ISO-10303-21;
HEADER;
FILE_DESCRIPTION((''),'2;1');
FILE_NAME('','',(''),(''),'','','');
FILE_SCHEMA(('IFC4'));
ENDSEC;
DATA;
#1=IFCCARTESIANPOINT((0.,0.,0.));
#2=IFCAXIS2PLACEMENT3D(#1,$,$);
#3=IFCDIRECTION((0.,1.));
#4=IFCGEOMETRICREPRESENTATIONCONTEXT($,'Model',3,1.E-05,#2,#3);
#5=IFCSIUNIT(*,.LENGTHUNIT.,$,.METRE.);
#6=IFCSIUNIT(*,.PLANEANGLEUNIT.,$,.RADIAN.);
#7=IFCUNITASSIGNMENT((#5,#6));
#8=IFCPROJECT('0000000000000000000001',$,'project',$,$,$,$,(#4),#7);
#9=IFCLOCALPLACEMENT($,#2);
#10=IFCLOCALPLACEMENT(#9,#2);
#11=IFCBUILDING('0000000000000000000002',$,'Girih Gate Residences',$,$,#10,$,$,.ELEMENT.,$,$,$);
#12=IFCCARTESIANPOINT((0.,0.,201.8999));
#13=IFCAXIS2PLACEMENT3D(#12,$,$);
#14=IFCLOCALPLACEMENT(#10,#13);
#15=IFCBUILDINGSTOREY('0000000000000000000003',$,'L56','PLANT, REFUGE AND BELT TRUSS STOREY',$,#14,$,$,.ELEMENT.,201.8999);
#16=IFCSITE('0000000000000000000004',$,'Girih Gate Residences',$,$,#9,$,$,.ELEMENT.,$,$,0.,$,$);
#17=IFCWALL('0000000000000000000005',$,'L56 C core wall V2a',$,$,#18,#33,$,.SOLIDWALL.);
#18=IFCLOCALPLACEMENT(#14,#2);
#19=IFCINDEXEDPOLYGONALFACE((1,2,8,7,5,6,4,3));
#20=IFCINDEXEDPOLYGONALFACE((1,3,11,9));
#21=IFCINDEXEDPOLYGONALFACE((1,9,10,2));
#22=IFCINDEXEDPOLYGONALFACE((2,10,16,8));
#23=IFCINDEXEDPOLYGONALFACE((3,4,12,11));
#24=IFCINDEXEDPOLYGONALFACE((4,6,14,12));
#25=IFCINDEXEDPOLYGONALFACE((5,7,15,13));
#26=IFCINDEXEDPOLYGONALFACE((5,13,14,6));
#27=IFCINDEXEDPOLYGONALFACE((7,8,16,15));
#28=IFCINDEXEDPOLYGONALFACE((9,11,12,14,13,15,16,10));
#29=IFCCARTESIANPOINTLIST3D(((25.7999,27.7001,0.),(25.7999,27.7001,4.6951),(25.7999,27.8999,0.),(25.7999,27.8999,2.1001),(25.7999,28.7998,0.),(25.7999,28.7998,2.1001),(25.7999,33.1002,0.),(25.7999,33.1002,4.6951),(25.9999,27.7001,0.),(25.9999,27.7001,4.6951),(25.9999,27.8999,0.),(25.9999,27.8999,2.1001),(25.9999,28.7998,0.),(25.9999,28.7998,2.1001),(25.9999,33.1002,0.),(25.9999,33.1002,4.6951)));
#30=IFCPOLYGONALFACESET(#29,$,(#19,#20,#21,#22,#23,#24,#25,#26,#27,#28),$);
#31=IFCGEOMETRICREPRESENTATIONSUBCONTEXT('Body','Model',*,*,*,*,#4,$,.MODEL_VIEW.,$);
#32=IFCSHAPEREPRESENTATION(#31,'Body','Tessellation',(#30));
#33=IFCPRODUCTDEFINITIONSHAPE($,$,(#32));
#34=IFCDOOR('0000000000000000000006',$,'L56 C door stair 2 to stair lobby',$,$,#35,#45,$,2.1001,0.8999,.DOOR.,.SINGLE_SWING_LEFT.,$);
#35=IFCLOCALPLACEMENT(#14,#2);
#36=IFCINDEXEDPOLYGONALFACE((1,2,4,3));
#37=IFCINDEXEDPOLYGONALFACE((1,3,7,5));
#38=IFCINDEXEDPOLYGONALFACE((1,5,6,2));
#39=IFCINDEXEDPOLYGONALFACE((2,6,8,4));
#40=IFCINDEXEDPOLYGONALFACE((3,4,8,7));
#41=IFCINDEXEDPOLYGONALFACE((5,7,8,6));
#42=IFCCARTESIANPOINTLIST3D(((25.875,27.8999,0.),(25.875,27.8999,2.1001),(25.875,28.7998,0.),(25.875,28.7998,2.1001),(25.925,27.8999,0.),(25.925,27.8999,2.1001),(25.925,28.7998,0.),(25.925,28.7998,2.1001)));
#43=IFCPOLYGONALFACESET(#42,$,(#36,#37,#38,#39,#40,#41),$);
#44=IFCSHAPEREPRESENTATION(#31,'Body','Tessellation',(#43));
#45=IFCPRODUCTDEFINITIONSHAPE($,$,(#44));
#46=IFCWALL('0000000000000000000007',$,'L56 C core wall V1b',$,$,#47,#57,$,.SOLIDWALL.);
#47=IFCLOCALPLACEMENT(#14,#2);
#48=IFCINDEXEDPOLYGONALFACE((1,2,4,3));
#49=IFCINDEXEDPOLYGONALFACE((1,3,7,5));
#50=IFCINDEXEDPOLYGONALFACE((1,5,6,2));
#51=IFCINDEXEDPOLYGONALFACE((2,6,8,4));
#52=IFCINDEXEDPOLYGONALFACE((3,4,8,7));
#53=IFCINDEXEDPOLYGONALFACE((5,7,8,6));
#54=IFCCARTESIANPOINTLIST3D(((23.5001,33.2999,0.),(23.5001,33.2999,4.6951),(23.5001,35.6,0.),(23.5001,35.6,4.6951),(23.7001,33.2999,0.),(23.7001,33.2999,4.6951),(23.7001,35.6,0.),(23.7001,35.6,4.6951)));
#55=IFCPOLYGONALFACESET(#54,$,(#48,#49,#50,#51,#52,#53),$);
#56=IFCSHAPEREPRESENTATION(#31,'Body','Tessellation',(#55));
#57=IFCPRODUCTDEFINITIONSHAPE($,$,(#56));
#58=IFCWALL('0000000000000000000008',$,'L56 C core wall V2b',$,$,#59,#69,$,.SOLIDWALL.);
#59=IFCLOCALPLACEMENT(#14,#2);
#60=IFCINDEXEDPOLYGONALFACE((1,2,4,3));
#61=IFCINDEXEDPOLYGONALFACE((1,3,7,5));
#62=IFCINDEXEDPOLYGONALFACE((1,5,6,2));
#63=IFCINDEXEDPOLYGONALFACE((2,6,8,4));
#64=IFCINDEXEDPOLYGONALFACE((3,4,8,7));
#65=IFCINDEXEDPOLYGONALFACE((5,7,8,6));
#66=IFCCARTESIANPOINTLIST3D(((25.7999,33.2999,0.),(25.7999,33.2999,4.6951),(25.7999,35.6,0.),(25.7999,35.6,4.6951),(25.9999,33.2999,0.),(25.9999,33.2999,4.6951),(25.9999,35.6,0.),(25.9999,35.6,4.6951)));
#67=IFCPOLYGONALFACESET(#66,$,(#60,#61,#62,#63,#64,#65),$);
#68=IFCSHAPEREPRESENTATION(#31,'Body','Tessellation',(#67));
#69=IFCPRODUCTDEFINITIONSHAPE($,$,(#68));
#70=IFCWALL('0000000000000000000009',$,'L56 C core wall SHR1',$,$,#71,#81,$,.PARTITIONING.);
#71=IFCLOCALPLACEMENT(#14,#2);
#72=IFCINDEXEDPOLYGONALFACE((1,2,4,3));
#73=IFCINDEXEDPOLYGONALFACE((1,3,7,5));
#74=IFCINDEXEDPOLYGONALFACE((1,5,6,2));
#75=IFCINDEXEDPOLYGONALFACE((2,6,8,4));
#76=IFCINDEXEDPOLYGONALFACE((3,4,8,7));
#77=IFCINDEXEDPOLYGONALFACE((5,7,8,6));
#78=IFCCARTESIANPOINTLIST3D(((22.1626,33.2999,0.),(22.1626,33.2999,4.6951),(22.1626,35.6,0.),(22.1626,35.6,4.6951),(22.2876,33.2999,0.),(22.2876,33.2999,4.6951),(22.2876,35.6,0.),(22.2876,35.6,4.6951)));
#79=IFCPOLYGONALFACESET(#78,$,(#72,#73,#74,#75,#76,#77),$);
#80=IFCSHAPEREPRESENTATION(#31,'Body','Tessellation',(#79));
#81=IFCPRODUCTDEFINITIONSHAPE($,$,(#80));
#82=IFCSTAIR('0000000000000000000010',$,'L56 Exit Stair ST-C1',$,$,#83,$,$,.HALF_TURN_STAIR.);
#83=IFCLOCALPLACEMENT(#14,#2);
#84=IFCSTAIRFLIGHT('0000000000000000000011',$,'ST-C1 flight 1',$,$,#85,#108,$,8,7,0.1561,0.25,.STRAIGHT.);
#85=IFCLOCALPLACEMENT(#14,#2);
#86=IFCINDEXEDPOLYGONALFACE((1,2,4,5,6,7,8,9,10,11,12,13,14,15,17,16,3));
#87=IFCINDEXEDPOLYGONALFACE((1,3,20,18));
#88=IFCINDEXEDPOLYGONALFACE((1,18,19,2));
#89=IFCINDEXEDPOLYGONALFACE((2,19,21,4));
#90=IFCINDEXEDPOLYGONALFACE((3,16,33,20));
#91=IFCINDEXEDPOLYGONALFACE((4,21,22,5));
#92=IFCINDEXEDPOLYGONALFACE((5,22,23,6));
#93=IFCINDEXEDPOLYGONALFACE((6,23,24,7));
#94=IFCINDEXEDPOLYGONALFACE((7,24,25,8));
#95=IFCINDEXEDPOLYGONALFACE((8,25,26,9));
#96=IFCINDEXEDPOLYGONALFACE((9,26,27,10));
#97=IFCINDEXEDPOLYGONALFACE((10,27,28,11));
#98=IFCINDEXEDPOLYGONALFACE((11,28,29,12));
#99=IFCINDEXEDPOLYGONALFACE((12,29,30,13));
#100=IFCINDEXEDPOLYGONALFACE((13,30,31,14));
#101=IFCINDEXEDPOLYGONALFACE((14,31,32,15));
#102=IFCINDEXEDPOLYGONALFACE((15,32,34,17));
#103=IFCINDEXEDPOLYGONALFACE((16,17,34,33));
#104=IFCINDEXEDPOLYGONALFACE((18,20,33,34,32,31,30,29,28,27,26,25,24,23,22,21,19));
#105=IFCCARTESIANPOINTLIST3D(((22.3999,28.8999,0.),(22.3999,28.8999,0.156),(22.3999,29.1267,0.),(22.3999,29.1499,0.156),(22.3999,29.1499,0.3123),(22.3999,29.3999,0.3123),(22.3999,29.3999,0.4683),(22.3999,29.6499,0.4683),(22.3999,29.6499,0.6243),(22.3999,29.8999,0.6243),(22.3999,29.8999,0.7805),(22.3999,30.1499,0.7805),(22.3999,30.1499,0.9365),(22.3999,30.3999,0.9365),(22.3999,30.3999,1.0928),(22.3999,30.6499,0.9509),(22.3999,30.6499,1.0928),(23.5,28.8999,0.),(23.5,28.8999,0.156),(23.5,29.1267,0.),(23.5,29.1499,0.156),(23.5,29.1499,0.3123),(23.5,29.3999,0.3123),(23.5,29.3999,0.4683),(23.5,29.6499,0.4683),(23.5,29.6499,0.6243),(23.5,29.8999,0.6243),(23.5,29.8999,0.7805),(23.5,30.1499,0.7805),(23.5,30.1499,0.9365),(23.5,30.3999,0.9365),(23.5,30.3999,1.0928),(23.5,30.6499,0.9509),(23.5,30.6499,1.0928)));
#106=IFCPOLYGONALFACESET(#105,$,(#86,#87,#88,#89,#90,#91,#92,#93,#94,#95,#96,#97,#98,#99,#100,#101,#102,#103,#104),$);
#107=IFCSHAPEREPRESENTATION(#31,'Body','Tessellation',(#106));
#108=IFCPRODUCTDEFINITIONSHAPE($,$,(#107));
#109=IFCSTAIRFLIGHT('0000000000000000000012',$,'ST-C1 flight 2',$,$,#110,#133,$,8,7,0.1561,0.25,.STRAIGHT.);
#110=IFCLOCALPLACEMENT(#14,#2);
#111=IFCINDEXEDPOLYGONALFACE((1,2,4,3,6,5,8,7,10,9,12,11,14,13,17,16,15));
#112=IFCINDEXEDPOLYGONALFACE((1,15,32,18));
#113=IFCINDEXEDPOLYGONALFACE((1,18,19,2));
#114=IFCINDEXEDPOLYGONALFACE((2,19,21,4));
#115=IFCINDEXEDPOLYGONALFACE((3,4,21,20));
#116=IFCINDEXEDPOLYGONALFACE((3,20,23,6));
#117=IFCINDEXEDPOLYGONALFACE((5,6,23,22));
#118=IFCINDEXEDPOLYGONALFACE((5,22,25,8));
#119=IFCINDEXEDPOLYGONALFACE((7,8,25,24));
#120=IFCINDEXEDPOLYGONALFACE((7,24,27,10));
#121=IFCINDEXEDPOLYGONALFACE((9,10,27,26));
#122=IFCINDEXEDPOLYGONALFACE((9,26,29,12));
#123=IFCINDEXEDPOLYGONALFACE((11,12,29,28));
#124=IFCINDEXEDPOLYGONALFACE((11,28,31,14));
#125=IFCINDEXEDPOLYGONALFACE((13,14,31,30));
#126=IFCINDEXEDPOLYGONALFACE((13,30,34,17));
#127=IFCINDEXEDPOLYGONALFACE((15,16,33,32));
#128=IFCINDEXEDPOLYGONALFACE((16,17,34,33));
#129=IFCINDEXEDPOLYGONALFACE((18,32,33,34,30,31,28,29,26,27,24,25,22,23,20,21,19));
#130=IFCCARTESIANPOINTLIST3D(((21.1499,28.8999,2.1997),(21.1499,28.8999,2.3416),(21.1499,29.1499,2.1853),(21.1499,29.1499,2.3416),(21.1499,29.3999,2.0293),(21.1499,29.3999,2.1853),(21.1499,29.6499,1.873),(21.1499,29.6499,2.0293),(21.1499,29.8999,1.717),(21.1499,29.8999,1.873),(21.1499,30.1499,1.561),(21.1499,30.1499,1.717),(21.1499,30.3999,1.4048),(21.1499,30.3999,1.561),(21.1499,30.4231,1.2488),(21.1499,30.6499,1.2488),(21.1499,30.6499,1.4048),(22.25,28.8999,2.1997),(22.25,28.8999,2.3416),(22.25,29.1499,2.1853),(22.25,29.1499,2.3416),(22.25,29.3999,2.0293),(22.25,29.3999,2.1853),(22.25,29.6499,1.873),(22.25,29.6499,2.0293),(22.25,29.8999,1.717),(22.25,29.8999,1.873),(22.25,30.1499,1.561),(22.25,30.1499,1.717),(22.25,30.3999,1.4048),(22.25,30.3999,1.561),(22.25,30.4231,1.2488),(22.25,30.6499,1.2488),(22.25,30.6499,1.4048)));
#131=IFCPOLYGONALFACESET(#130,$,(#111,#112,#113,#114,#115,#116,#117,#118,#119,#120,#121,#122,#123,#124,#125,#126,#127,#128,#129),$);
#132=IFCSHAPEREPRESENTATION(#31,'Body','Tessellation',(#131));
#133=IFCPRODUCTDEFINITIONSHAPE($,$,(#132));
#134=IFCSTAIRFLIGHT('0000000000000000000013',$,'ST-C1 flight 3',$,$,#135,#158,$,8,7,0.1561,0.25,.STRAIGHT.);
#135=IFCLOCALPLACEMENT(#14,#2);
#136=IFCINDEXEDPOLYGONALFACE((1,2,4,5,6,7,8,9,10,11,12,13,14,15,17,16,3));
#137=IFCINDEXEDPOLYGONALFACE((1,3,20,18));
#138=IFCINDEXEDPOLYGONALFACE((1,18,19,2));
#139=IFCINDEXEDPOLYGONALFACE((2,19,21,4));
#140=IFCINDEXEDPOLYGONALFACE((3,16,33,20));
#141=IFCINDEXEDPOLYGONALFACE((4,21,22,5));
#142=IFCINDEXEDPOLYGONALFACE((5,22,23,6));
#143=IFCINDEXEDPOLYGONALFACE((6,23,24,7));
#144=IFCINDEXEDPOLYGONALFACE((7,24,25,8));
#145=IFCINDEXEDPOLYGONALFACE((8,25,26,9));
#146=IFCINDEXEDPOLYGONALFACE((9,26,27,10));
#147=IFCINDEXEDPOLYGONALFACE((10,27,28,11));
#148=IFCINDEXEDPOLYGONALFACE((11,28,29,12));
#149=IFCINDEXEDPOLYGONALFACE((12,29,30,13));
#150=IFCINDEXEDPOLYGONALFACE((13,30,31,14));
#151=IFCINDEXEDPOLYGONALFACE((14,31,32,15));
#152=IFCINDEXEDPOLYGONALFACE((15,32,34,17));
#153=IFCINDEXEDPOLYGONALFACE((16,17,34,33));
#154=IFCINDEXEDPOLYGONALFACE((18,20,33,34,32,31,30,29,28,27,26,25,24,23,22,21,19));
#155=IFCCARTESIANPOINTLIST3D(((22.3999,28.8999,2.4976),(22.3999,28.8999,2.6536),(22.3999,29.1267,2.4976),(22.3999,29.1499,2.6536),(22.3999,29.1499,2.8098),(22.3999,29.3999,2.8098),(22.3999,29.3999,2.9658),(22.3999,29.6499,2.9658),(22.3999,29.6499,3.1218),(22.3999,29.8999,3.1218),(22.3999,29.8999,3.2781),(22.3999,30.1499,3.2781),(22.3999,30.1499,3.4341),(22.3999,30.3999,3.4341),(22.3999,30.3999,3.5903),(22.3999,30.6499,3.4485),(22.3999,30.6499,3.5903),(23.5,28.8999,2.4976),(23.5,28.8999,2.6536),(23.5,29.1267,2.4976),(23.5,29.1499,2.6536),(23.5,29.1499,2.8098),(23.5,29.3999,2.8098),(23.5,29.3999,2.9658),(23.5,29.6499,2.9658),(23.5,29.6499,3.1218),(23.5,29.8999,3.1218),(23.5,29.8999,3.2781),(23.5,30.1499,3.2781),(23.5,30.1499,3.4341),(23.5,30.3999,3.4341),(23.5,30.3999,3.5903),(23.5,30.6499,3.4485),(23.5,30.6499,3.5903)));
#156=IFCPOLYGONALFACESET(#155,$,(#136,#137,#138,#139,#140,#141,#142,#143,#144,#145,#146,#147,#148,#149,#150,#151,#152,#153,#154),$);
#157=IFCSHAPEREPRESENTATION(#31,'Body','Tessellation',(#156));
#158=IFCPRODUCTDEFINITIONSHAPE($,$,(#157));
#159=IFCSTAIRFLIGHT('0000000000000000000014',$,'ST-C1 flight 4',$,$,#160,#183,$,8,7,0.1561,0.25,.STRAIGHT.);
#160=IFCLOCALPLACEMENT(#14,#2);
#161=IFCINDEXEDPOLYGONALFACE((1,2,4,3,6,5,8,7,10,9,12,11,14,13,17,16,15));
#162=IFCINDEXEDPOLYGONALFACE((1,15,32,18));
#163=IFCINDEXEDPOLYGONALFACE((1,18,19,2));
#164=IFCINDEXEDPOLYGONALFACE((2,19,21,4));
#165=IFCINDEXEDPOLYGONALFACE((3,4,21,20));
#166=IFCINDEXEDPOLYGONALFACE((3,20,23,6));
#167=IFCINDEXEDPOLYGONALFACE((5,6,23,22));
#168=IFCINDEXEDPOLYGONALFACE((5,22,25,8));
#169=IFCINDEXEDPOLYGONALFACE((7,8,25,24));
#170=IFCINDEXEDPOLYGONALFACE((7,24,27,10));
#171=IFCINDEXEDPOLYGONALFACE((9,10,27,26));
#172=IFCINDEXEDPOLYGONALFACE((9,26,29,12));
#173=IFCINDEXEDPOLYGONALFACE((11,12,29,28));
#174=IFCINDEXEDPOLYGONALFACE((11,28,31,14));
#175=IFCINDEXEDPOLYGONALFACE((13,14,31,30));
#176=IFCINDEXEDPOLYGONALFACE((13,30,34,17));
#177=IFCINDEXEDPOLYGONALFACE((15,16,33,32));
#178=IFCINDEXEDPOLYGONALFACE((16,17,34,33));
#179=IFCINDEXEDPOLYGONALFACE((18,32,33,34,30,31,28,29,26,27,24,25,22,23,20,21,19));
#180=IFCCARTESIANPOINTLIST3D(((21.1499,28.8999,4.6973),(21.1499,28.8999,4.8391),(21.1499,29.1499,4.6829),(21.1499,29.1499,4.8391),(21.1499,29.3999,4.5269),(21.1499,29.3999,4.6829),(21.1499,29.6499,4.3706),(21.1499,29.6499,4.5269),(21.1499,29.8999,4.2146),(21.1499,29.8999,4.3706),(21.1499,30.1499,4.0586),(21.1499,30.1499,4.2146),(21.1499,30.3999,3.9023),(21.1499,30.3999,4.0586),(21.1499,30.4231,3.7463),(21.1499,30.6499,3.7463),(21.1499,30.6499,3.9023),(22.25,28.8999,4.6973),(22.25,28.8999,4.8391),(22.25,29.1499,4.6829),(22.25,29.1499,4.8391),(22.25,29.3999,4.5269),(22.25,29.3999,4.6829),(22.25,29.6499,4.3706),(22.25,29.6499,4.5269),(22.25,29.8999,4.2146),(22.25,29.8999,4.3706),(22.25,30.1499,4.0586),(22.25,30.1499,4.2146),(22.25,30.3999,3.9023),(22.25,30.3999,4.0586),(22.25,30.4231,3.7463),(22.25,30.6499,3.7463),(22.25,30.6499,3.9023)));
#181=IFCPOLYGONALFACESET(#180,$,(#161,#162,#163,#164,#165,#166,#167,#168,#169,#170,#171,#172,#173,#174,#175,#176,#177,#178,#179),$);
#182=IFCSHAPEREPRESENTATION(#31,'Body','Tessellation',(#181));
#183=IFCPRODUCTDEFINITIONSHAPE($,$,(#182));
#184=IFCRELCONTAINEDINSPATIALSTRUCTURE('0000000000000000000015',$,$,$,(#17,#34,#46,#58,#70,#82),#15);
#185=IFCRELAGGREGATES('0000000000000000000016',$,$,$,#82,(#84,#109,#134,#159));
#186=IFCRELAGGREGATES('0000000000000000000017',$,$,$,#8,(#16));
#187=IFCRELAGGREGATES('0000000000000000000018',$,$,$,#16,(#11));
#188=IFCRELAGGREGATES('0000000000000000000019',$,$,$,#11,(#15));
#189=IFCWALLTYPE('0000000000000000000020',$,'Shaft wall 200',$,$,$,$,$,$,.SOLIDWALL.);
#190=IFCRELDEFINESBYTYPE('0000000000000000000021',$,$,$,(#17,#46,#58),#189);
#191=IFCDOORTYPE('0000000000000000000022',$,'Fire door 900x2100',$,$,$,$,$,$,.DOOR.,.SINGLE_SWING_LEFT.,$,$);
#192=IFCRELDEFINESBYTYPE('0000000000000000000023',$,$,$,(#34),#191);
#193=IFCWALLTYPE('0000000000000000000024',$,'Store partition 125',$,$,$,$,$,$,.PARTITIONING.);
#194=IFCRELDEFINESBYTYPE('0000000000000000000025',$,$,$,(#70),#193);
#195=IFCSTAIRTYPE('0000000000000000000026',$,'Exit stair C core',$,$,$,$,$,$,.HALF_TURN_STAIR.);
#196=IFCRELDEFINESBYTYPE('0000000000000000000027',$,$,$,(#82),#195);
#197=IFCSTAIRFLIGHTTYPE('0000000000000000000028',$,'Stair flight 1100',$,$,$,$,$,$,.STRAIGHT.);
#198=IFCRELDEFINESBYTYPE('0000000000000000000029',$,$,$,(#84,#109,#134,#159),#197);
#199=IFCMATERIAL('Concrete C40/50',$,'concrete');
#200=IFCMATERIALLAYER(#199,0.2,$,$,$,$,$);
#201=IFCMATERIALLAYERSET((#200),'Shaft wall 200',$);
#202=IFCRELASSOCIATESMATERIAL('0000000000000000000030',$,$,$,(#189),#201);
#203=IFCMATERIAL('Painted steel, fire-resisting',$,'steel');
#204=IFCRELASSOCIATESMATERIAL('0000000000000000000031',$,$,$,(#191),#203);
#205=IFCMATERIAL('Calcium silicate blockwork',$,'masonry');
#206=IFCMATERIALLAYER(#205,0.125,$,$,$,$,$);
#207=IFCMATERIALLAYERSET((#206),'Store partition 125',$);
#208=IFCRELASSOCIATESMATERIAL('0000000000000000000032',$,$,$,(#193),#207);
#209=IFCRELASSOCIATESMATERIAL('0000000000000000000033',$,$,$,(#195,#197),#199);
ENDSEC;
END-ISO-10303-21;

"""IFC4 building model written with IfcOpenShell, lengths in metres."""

from ifc_helpers import new_model, si_unit, direction, frame, frame_2d, origin, place, context, subcontext, project, spatial, polyline, rectangle, outline, extrude, material, layer, layer_set, type_object, element, fill, aggregate, save


model = new_model("IFC4")

# Units and contexts
model_context = context("Model", 3, precision=1e-05, world=origin(), true_north=direction((0.0, 1.0)))
body_context = subcontext(model_context, "Body", "Model", "MODEL_VIEW")
ifc_project = project(units=[si_unit("LENGTHUNIT", "METRE"), si_unit("PLANEANGLEUNIT", "RADIAN")], contexts=[model_context])

# Site, building, storey
site_placement = place(None, origin())
site = spatial("IfcSite", under=ifc_project, at=site_placement, Name="Girih Gate Residences", CompositionType="ELEMENT", RefElevation=0.0)
building_placement = place(site_placement, origin())
building = spatial("IfcBuilding", under=site, at=building_placement, Name="Girih Gate Residences", CompositionType="ELEMENT")
storey_placement = place(building_placement, frame((0.0, 0.0, 201.8999)))
storey = spatial("IfcBuildingStorey", under=building, at=storey_placement, Name="L56", Description="PLANT, REFUGE AND BELT TRUSS STOREY", CompositionType="ELEMENT", Elevation=201.8999)

# Shared definitions
ifc_material_1 = material(Name="Concrete C40/50", Category="concrete")
ifc_layer_1 = layer(ifc_material_1, 0.2)
ifc_layer_set_1 = layer_set([ifc_layer_1], Name="Shaft wall 200")
wall_type_1 = type_object("IfcWallType", Name="Shaft wall 200", PredefinedType="SOLIDWALL", material=ifc_layer_set_1)
ifc_material_2 = material(Name="Painted steel, fire-resisting", Category="steel")
door_type = type_object("IfcDoorType", Name="Fire door 900x2100", OperationType="SINGLE_SWING_LEFT", PredefinedType="DOOR", material=ifc_material_2)

# Wall, opening, door
wall_1_placement = place(storey_placement, frame((25.8999, 27.7, 0.0), z_axis=(0.0, 0.0, 1.0), x_axis=(0.0, 1.0, 0.0)))
wall_1 = element("IfcWall", 1, at=wall_1_placement, inside=storey, type_object=wall_type_1, Name="L56 C core wall V2a", PredefinedType="SOLIDWALL", context=body_context, shape_type="SweptSolid", body=[
    extrude(rectangle(XDim=5.4001, YDim=0.2, at=frame_2d((2.7002, 0.0))), origin(), (0.0, 0.0, 1.0), 4.6951),
])
opening_1_placement = place(wall_1_placement, frame((0.2, 0.0, 0.0)))
opening_1 = element("IfcOpeningElement", 2, at=opening_1_placement, cuts=wall_1, PredefinedType="OPENING", context=body_context, shape_type="SweptSolid", body=[
    extrude(rectangle(XDim=0.8999, YDim=2.1001, at=frame_2d((0.45, 1.05))), frame((0.0, 0.1099, 0.0), z_axis=(0.0, -1.0, 0.0), x_axis=(1.0, 0.0, 0.0)), (0.0, 0.0, 1.0), 0.22),
])
door_1_placement = place(opening_1_placement, origin())
door_1 = element("IfcDoor", 3, at=door_1_placement, inside=storey, type_object=door_type, Name="L56 C door stair 2 to stair lobby", OperationType="SINGLE_SWING_LEFT", OverallHeight=2.1001, OverallWidth=0.8999, PredefinedType="DOOR", context=body_context, shape_type="SweptSolid", body=[
    extrude(rectangle(XDim=0.8999, YDim=2.1001, at=frame_2d((0.45, 1.05))), frame((0.0, 0.0249, 0.0), z_axis=(0.0, -1.0, 0.0), x_axis=(1.0, 0.0, 0.0)), (0.0, 0.0, 1.0), 0.05),
])
fill(opening_1, door_1)

# Walls
for number, where, z_axis, x_axis, name in (
    (4, (23.6001, 33.3, 0.0), (0.0, 0.0, 1.0), (0.0, 1.0, 0.0), "L56 C core wall V1b"),
    (5, (25.8999, 33.3, 0.0), (0.0, 0.0, 1.0), (0.0, 1.0, 0.0), "L56 C core wall V2b"),
):
    element("IfcWall", number, at=place(storey_placement, frame(where, z_axis=z_axis, x_axis=x_axis)), inside=storey, type_object=wall_type_1, Name=name, PredefinedType="SOLIDWALL", context=body_context, shape_type="SweptSolid", body=[
        extrude(rectangle(XDim=2.3, YDim=0.2, at=frame_2d((1.1499, 0.0))), origin(), (0.0, 0.0, 1.0), 4.6951),
    ])
ifc_material_3 = material(Name="Calcium silicate blockwork", Category="masonry")
ifc_layer_2 = layer(ifc_material_3, 0.125)
ifc_layer_set_2 = layer_set([ifc_layer_2], Name="Store partition 125")
wall_type_2 = type_object("IfcWallType", Name="Store partition 125", PredefinedType="PARTITIONING", material=ifc_layer_set_2)
wall_2_placement = place(storey_placement, frame((22.2251, 33.3, 0.0), z_axis=(0.0, 0.0, 1.0), x_axis=(0.0, 1.0, 0.0)))
element("IfcWall", 6, at=wall_2_placement, inside=storey, type_object=wall_type_2, Name="L56 C core wall SHR1", PredefinedType="PARTITIONING", context=body_context, shape_type="SweptSolid", body=[
    extrude(rectangle(XDim=2.3, YDim=0.125, at=frame_2d((1.1499, 0.0))), origin(), (0.0, 0.0, 1.0), 4.6951),
])

# Stair, stair flights
stair_type = type_object("IfcStairType", Name="Exit stair C core", PredefinedType="HALF_TURN_STAIR", material=ifc_material_1)
stair_placement = place(storey_placement, origin())
stair = element("IfcStair", 7, at=stair_placement, inside=storey, type_object=stair_type, Name="L56 Exit Stair ST-C1", PredefinedType="HALF_TURN_STAIR")
stair_flight_type = type_object("IfcStairFlightType", Name="Stair flight 1100", PredefinedType="STRAIGHT", material=ifc_material_1)
stair_flight_1_placement = place(storey_placement, frame((22.95, 28.8999, 0.0), z_axis=(0.0, 0.0, 1.0), x_axis=(0.0, 1.0, 0.0)))
stair_flight_1 = element("IfcStairFlight", 8, at=stair_flight_1_placement, type_object=stair_flight_type, Name="ST-C1 flight 1", NumberOfRisers=8, NumberOfTreads=7, PredefinedType="STRAIGHT", RiserHeight=0.1561, TreadLength=0.25, context=body_context, shape_type="SweptSolid", body=[
    extrude(outline(polyline([(0.0, 0.0), (0.0, 0.156), (0.25, 0.156), (0.25, 0.3123), (0.5, 0.3123), (0.5, 0.4683), (0.75, 0.4683), (0.75, 0.6243), (1.0, 0.6243), (1.0, 0.7805), (1.25, 0.7805), (1.25, 0.9365), (1.5, 0.9365), (1.5, 1.0928), (1.75, 1.0928), (1.75, 1.2488), (1.75, 0.9509), (0.2268, 0.0), (0.0, 0.0)])), frame((0.0, 0.55, 0.0), z_axis=(0.0, -1.0, 0.0), x_axis=(1.0, 0.0, 0.0)), (0.0, 0.0, 1.0), 1.1001),
])
stair_flight_2_placement = place(storey_placement, frame((21.7, 30.6499, 1.2488), z_axis=(0.0, 0.0, 1.0), x_axis=(0.0, -1.0, 0.0)))
stair_flight_2 = element("IfcStairFlight", 9, at=stair_flight_2_placement, type_object=stair_flight_type, Name="ST-C1 flight 2", NumberOfRisers=8, NumberOfTreads=7, PredefinedType="STRAIGHT", RiserHeight=0.1561, TreadLength=0.25, context=body_context, shape_type="SweptSolid", body=[
    extrude(outline(polyline([(0.0, 0.0), (0.0, 0.156), (0.25, 0.156), (0.25, 0.3123), (0.5, 0.3123), (0.5, 0.4683), (0.75, 0.4683), (0.75, 0.6243), (1.0, 0.6243), (1.0, 0.7805), (1.25, 0.7805), (1.25, 0.9365), (1.5, 0.9365), (1.5, 1.0928), (1.75, 1.0928), (1.75, 1.2488), (1.75, 0.9509), (0.2268, 0.0), (0.0, 0.0)])), frame((0.0, 0.55, 0.0), z_axis=(0.0, -1.0, 0.0), x_axis=(1.0, 0.0, 0.0)), (0.0, 0.0, 1.0), 1.1001),
])
stair_flight_3_placement = place(storey_placement, frame((22.95, 28.8999, 2.4976), z_axis=(0.0, 0.0, 1.0), x_axis=(0.0, 1.0, 0.0)))
stair_flight_3 = element("IfcStairFlight", 10, at=stair_flight_3_placement, type_object=stair_flight_type, Name="ST-C1 flight 3", NumberOfRisers=8, NumberOfTreads=7, PredefinedType="STRAIGHT", RiserHeight=0.1561, TreadLength=0.25, context=body_context, shape_type="SweptSolid", body=[
    extrude(outline(polyline([(0.0, 0.0), (0.0, 0.156), (0.25, 0.156), (0.25, 0.3123), (0.5, 0.3123), (0.5, 0.4683), (0.75, 0.4683), (0.75, 0.6243), (1.0, 0.6243), (1.0, 0.7805), (1.25, 0.7805), (1.25, 0.9365), (1.5, 0.9365), (1.5, 1.0928), (1.75, 1.0928), (1.75, 1.2488), (1.75, 0.9509), (0.2268, 0.0), (0.0, 0.0)])), frame((0.0, 0.55, 0.0), z_axis=(0.0, -1.0, 0.0), x_axis=(1.0, 0.0, 0.0)), (0.0, 0.0, 1.0), 1.1001),
])
stair_flight_4_placement = place(storey_placement, frame((21.7, 30.6499, 3.7463), z_axis=(0.0, 0.0, 1.0), x_axis=(0.0, -1.0, 0.0)))
stair_flight_4 = element("IfcStairFlight", 11, at=stair_flight_4_placement, type_object=stair_flight_type, Name="ST-C1 flight 4", NumberOfRisers=8, NumberOfTreads=7, PredefinedType="STRAIGHT", RiserHeight=0.1561, TreadLength=0.25, context=body_context, shape_type="SweptSolid", body=[
    extrude(outline(polyline([(0.0, 0.0), (0.0, 0.156), (0.25, 0.156), (0.25, 0.3123), (0.5, 0.3123), (0.5, 0.4683), (0.75, 0.4683), (0.75, 0.6243), (1.0, 0.6243), (1.0, 0.7805), (1.25, 0.7805), (1.25, 0.9365), (1.5, 0.9365), (1.5, 1.0928), (1.75, 1.0928), (1.75, 1.2488), (1.75, 0.9509), (0.2268, 0.0), (0.0, 0.0)])), frame((0.0, 0.55, 0.0), z_axis=(0.0, -1.0, 0.0), x_axis=(1.0, 0.0, 0.0)), (0.0, 0.0, 1.0), 1.1001),
])
aggregate(stair, [stair_flight_1, stair_flight_2, stair_flight_3, stair_flight_4])

save(model, "model.ifc")
